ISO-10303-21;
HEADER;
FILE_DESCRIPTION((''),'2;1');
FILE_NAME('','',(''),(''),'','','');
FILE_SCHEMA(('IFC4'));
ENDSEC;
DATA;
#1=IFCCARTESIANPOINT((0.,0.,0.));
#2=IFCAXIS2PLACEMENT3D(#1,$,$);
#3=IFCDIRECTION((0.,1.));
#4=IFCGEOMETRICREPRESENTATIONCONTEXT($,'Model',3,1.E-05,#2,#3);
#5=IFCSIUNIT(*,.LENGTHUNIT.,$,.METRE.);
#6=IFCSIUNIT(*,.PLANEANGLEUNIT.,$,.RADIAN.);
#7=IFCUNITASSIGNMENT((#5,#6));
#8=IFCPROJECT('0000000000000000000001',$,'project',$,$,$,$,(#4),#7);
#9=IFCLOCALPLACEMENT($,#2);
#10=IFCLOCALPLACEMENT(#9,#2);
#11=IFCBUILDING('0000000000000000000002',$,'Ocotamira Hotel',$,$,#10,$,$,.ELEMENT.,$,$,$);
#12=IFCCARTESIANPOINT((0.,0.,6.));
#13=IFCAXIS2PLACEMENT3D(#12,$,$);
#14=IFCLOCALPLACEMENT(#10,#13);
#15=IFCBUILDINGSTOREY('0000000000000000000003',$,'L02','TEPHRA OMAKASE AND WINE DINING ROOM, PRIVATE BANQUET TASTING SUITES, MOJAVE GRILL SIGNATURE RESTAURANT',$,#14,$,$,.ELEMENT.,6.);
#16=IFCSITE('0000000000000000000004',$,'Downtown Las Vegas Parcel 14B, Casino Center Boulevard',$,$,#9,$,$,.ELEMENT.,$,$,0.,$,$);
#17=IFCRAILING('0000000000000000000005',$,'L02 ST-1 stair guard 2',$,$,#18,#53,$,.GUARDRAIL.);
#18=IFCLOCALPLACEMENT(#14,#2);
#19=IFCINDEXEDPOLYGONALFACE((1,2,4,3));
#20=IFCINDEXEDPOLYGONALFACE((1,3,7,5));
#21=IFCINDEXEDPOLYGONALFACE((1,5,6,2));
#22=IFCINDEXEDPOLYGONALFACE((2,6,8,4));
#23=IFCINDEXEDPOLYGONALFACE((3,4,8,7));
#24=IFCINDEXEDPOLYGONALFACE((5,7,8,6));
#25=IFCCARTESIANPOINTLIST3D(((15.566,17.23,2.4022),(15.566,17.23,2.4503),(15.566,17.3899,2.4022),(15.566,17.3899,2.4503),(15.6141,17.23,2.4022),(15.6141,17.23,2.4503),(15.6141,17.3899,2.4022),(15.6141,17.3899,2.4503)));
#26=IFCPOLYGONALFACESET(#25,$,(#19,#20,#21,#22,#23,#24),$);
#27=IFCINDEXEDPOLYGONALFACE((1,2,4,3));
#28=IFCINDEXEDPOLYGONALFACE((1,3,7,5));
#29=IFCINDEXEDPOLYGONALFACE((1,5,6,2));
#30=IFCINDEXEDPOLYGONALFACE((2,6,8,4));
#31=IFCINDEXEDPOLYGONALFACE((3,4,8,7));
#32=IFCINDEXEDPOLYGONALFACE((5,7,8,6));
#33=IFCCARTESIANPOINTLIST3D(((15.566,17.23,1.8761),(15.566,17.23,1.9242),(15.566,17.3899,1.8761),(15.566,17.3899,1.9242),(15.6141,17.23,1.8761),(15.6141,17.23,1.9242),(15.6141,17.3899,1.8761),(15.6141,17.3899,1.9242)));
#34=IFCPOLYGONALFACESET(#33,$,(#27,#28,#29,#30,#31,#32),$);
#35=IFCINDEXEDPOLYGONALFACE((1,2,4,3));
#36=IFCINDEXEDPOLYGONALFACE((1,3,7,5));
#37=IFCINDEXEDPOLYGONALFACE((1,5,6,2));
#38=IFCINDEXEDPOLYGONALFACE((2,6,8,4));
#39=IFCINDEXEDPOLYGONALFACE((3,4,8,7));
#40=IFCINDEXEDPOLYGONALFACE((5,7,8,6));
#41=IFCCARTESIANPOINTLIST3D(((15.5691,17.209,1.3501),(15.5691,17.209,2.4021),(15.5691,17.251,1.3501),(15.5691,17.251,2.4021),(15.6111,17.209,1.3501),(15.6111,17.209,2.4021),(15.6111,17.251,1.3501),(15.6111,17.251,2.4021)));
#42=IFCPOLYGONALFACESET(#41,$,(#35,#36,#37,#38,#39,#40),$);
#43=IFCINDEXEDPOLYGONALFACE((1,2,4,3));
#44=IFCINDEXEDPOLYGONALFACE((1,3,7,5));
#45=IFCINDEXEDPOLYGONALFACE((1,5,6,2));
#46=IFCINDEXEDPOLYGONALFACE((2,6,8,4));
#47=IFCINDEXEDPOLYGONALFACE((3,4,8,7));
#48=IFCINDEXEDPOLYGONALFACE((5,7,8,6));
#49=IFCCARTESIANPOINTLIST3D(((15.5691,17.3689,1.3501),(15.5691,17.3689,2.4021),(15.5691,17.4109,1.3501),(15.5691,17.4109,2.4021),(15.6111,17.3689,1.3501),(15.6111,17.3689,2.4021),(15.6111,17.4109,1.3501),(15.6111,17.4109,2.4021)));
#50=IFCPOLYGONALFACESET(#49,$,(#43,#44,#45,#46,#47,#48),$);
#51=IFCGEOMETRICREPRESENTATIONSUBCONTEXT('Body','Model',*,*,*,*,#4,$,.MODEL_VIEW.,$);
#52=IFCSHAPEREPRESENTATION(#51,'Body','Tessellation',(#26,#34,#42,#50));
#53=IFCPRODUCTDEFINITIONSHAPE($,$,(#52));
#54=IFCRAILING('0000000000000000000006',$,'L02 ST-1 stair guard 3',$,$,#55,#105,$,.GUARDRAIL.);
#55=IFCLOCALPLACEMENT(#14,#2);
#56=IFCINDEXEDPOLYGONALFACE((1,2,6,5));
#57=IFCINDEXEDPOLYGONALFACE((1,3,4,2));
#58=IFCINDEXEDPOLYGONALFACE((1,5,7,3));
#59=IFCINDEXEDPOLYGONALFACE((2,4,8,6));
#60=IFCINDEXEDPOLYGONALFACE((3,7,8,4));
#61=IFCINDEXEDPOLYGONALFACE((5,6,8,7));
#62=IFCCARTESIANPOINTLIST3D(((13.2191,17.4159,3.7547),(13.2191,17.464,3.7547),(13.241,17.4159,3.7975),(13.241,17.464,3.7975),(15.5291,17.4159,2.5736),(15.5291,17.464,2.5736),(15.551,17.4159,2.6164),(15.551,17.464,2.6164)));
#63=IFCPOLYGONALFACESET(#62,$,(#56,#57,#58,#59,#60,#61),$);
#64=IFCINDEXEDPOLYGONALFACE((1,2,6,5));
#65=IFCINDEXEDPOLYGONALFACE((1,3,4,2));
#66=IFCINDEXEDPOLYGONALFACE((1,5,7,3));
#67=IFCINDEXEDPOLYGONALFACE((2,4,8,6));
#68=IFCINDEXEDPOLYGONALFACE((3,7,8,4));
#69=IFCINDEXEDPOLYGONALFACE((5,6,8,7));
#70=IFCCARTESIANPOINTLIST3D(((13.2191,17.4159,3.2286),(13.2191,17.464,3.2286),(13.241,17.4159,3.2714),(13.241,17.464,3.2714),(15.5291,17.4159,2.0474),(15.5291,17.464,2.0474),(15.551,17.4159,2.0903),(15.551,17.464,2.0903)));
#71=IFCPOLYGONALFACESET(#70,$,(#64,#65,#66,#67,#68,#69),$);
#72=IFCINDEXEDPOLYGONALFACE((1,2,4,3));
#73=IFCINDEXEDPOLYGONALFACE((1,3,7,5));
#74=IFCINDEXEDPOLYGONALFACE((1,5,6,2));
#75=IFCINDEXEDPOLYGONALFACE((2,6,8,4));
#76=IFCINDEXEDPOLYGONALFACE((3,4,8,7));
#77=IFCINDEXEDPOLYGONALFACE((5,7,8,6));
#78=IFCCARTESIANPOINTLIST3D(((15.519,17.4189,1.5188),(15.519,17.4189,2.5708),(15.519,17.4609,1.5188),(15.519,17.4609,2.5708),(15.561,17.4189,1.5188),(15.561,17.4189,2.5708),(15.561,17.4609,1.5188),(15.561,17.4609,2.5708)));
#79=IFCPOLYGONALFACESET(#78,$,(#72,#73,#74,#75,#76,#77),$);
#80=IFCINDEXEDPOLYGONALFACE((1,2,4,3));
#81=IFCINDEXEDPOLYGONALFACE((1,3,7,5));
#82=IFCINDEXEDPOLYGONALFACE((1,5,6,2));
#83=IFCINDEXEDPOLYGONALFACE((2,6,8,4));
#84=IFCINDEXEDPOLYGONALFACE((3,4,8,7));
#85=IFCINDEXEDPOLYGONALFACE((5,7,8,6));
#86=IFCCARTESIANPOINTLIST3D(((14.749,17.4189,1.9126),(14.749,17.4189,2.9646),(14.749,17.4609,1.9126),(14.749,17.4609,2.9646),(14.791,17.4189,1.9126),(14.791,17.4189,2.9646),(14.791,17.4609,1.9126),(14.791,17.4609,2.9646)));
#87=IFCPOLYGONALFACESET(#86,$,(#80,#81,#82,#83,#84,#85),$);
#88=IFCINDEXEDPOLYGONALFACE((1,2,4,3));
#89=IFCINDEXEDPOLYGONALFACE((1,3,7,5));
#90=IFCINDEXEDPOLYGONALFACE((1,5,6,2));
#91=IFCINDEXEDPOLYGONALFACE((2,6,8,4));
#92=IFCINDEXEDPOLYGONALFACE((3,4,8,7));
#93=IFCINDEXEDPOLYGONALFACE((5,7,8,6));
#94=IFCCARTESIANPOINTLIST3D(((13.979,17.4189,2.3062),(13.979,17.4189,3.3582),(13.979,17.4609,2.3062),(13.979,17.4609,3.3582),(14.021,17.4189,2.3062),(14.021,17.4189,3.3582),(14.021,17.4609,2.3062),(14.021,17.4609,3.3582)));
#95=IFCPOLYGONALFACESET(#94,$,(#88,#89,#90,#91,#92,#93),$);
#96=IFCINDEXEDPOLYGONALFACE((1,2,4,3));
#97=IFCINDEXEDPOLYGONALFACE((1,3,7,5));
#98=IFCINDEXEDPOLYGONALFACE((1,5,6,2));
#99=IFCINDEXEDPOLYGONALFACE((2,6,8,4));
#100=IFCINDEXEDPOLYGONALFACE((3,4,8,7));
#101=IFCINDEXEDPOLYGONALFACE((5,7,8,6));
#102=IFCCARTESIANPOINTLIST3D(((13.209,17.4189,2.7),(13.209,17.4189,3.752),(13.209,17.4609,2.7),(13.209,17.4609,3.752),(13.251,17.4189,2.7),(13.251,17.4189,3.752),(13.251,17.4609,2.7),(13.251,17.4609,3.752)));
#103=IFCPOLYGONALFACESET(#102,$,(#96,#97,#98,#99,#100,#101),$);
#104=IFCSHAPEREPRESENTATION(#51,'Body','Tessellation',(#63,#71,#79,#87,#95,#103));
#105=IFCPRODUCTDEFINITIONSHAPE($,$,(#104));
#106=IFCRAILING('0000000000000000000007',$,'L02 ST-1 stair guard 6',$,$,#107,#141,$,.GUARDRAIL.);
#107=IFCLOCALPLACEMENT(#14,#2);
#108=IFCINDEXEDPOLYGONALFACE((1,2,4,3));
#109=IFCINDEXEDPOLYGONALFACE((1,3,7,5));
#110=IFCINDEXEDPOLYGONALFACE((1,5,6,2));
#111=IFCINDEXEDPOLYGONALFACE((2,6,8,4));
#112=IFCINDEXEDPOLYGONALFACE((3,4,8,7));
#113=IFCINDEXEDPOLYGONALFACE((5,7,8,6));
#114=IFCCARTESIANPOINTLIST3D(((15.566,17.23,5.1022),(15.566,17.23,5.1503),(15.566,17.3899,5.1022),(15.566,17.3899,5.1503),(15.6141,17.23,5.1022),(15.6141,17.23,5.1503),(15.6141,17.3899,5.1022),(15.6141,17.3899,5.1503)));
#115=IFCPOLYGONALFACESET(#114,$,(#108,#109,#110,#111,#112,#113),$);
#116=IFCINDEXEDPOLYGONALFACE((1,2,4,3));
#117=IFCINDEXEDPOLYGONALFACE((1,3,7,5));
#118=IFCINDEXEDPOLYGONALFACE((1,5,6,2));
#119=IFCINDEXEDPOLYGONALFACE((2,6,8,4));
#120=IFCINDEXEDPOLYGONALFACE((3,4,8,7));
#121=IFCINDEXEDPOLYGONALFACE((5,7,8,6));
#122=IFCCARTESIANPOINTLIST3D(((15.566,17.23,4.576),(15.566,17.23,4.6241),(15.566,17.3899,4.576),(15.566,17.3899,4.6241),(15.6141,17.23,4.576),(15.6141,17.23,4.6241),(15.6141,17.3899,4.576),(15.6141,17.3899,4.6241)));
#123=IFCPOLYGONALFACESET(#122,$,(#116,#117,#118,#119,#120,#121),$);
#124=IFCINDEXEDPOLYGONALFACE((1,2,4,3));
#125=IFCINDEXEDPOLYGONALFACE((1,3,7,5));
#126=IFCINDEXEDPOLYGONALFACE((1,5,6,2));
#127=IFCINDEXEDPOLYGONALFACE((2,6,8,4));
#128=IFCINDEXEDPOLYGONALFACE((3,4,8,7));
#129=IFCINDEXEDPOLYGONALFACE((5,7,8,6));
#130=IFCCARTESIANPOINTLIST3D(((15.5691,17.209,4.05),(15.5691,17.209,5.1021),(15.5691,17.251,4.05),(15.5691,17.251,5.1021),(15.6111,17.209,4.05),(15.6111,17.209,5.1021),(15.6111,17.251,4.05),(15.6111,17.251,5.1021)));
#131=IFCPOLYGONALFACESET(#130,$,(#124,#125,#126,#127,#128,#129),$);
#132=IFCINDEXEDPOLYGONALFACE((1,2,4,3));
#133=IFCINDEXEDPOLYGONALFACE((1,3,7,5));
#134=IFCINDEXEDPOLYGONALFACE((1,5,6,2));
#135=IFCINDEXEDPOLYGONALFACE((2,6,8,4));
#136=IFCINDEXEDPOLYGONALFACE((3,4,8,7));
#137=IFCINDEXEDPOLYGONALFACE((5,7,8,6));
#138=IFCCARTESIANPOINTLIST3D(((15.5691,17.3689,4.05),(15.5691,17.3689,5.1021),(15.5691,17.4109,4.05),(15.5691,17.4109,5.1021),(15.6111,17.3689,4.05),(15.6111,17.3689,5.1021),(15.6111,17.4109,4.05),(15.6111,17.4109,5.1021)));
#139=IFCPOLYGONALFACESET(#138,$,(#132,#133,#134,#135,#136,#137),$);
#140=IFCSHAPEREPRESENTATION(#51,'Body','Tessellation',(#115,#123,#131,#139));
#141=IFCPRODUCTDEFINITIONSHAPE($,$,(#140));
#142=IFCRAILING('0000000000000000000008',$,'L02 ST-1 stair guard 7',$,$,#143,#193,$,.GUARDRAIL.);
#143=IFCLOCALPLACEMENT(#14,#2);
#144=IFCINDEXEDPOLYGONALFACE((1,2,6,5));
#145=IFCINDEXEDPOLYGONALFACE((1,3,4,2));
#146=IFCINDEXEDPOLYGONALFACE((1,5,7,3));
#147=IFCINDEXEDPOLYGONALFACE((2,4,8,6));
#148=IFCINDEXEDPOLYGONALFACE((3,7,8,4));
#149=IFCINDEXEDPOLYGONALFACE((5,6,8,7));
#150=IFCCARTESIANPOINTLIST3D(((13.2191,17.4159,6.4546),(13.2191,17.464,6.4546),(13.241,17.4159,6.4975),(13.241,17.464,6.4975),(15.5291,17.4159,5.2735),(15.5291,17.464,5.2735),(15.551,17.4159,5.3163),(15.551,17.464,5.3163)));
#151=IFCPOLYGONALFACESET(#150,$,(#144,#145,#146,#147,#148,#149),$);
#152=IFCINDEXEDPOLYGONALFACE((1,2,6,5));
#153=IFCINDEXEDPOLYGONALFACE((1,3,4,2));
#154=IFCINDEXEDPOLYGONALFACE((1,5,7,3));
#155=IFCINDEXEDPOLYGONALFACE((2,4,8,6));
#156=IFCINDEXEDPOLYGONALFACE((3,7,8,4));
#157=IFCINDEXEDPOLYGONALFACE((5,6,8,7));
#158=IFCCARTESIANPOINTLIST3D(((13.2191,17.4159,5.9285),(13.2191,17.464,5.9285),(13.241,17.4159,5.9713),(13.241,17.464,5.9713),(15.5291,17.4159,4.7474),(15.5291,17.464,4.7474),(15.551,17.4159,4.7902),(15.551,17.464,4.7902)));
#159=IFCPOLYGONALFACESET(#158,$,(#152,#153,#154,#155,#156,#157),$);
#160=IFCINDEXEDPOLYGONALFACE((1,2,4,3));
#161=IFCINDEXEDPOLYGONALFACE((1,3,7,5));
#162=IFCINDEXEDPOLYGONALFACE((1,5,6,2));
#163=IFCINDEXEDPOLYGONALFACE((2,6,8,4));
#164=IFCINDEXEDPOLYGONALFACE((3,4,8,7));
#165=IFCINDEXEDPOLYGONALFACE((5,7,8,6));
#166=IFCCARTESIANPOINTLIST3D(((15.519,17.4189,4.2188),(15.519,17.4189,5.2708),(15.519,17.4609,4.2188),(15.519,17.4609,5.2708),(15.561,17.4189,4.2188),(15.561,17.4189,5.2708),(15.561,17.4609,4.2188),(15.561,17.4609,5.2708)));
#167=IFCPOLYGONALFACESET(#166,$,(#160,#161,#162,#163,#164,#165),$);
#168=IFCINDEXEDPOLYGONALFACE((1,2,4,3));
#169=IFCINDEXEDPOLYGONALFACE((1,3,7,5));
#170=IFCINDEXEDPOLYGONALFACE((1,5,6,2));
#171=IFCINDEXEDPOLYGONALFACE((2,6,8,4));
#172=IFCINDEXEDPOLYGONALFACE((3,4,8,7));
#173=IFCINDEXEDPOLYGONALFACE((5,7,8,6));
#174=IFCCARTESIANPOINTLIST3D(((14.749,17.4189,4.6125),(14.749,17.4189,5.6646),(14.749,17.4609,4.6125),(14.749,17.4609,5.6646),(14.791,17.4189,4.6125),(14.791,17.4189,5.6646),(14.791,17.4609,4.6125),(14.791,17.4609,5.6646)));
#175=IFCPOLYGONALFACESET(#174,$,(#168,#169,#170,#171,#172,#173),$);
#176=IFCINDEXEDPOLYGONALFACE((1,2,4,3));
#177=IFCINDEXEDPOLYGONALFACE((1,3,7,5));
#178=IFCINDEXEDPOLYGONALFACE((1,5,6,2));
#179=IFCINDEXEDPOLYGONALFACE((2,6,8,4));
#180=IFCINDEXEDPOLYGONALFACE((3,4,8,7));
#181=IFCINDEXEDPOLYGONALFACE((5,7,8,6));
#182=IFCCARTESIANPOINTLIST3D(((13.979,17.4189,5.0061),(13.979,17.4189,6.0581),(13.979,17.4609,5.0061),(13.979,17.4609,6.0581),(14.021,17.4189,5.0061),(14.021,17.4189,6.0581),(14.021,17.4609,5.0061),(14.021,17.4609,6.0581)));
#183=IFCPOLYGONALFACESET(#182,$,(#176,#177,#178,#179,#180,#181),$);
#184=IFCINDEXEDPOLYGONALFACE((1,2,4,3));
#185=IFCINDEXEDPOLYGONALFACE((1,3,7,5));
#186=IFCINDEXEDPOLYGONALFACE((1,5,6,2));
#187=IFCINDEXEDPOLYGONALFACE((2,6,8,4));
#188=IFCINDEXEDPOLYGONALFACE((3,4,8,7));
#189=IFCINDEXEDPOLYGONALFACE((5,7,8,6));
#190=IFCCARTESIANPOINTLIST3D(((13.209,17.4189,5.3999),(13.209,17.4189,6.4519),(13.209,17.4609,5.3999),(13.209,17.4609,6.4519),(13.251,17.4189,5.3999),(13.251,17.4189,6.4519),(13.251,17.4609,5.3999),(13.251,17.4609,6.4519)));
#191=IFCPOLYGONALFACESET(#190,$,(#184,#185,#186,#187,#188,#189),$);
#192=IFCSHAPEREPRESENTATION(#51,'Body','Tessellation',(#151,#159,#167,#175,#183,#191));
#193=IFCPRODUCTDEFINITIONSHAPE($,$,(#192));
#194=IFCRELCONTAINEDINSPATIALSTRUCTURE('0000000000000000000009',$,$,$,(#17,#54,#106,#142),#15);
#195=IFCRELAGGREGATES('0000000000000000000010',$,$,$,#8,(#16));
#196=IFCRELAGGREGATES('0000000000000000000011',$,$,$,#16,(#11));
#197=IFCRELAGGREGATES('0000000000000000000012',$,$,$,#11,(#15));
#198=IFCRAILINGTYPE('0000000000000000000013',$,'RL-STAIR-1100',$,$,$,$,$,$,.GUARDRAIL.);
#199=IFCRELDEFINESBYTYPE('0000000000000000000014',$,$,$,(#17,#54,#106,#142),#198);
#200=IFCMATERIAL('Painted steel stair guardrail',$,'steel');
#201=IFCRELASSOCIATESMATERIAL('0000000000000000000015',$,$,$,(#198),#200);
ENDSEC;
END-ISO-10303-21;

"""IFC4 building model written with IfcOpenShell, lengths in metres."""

from ifc_helpers import new_model, si_unit, direction, frame, origin, origin_2d, place, context, subcontext, project, spatial, rectangle, extrude, material, type_object, element, save


model = new_model("IFC4")

# Units and contexts
model_context = context("Model", 3, precision=1e-05, world=origin(), true_north=direction((0.0, 1.0)))
body_context = subcontext(model_context, "Body", "Model", "MODEL_VIEW")
ifc_project = project(units=[si_unit("LENGTHUNIT", "METRE"), si_unit("PLANEANGLEUNIT", "RADIAN")], contexts=[model_context])

# Site, building, storey
site_placement = place(None, origin())
site = spatial("IfcSite", under=ifc_project, at=site_placement, Name="Downtown Las Vegas Parcel 14B, Casino Center Boulevard", CompositionType="ELEMENT", RefElevation=0.0)
building_placement = place(site_placement, origin())
building = spatial("IfcBuilding", under=site, at=building_placement, Name="Ocotamira Hotel", CompositionType="ELEMENT")
storey_placement = place(building_placement, frame((0.0, 0.0, 6.0)))
storey = spatial("IfcBuildingStorey", under=building, at=storey_placement, Name="L02", Description="TEPHRA OMAKASE AND WINE DINING ROOM, PRIVATE BANQUET TASTING SUITES, MOJAVE GRILL SIGNATURE RESTAURANT", CompositionType="ELEMENT", Elevation=6.0)

# Railings
ifc_material_1 = material(Name="Painted steel stair guardrail", Category="steel")
railing_type_1 = type_object("IfcRailingType", Name="RL-STAIR-1100", PredefinedType="GUARDRAIL", material=ifc_material_1)
railing_1_placement = place(storey_placement, frame((15.5901, 17.23, 1.3501)))
element("IfcRailing", 1, at=railing_1_placement, inside=storey, type_object=railing_type_1, Name="L02 ST-1 stair guard 2", PredefinedType="GUARDRAIL", context=body_context, shape_type="SweptSolid", body=[
    extrude(rectangle(XDim=0.0481, YDim=0.0481, at=origin_2d()), frame((0.0, 0.0, 1.0762), z_axis=(0.0, 1.0, 0.0), x_axis=(-1.0, 0.0, 0.0)), (0.0, 0.0, 1.0), 0.1599),
    extrude(rectangle(XDim=0.0481, YDim=0.0481, at=origin_2d()), frame((0.0, 0.0, 0.55), z_axis=(0.0, 1.0, 0.0), x_axis=(-1.0, 0.0, 0.0)), (0.0, 0.0, 1.0), 0.1599),
    extrude(rectangle(XDim=0.042, YDim=0.042, at=origin_2d()), origin(), (0.0, 0.0, 1.0), 1.052),
    extrude(rectangle(XDim=0.042, YDim=0.042, at=origin_2d()), frame((0.0, 0.1599, 0.0)), (0.0, 0.0, 1.0), 1.052),
])
railing_2_placement = place(storey_placement, frame((15.54, 17.4399, 1.5188)))
element("IfcRailing", 2, at=railing_2_placement, inside=storey, type_object=railing_type_1, Name="L02 ST-1 stair guard 3", PredefinedType="GUARDRAIL", context=body_context, shape_type="SweptSolid", body=[
    extrude(rectangle(XDim=0.0481, YDim=0.0481, at=origin_2d()), frame((0.0, 0.0, 1.0762), z_axis=(-0.890363, 0.0, 0.45525), x_axis=(0.0, -1.0, 0.0)), (0.0, 0.0, 1.0), 2.5945),
    extrude(rectangle(XDim=0.0481, YDim=0.0481, at=origin_2d()), frame((0.0, 0.0, 0.55), z_axis=(-0.890363, 0.0, 0.45525), x_axis=(0.0, -1.0, 0.0)), (0.0, 0.0, 1.0), 2.5945),
    extrude(rectangle(XDim=0.042, YDim=0.042, at=origin_2d()), origin(), (0.0, 0.0, 1.0), 1.052),
    extrude(rectangle(XDim=0.042, YDim=0.042, at=origin_2d()), frame((-0.77, 0.0, 0.3938)), (0.0, 0.0, 1.0), 1.052),
    extrude(rectangle(XDim=0.042, YDim=0.042, at=origin_2d()), frame((-1.54, 0.0, 0.7874)), (0.0, 0.0, 1.0), 1.052),
    extrude(rectangle(XDim=0.042, YDim=0.042, at=origin_2d()), frame((-2.3101, 0.0, 1.1812)), (0.0, 0.0, 1.0), 1.052),
])
railing_3_placement = place(storey_placement, frame((15.5901, 17.23, 4.05)))
element("IfcRailing", 3, at=railing_3_placement, inside=storey, type_object=railing_type_1, Name="L02 ST-1 stair guard 6", PredefinedType="GUARDRAIL", context=body_context, shape_type="SweptSolid", body=[
    extrude(rectangle(XDim=0.0481, YDim=0.0481, at=origin_2d()), frame((0.0, 0.0, 1.0762), z_axis=(0.0, 1.0, 0.0), x_axis=(-1.0, 0.0, 0.0)), (0.0, 0.0, 1.0), 0.1599),
    extrude(rectangle(XDim=0.0481, YDim=0.0481, at=origin_2d()), frame((0.0, 0.0, 0.55), z_axis=(0.0, 1.0, 0.0), x_axis=(-1.0, 0.0, 0.0)), (0.0, 0.0, 1.0), 0.1599),
    extrude(rectangle(XDim=0.042, YDim=0.042, at=origin_2d()), origin(), (0.0, 0.0, 1.0), 1.052),
    extrude(rectangle(XDim=0.042, YDim=0.042, at=origin_2d()), frame((0.0, 0.1599, 0.0)), (0.0, 0.0, 1.0), 1.052),
])
railing_4_placement = place(storey_placement, frame((15.54, 17.4399, 4.2188)))
element("IfcRailing", 4, at=railing_4_placement, inside=storey, type_object=railing_type_1, Name="L02 ST-1 stair guard 7", PredefinedType="GUARDRAIL", context=body_context, shape_type="SweptSolid", body=[
    extrude(rectangle(XDim=0.0481, YDim=0.0481, at=origin_2d()), frame((0.0, 0.0, 1.0762), z_axis=(-0.890363, 0.0, 0.45525), x_axis=(0.0, -1.0, 0.0)), (0.0, 0.0, 1.0), 2.5945),
    extrude(rectangle(XDim=0.0481, YDim=0.0481, at=origin_2d()), frame((0.0, 0.0, 0.55), z_axis=(-0.890363, 0.0, 0.45525), x_axis=(0.0, -1.0, 0.0)), (0.0, 0.0, 1.0), 2.5945),
    extrude(rectangle(XDim=0.042, YDim=0.042, at=origin_2d()), origin(), (0.0, 0.0, 1.0), 1.052),
    extrude(rectangle(XDim=0.042, YDim=0.042, at=origin_2d()), frame((-0.77, 0.0, 0.3938)), (0.0, 0.0, 1.0), 1.052),
    extrude(rectangle(XDim=0.042, YDim=0.042, at=origin_2d()), frame((-1.54, 0.0, 0.7874)), (0.0, 0.0, 1.0), 1.052),
    extrude(rectangle(XDim=0.042, YDim=0.042, at=origin_2d()), frame((-2.3101, 0.0, 1.1812)), (0.0, 0.0, 1.0), 1.052),
])

save(model, "model.ifc")
